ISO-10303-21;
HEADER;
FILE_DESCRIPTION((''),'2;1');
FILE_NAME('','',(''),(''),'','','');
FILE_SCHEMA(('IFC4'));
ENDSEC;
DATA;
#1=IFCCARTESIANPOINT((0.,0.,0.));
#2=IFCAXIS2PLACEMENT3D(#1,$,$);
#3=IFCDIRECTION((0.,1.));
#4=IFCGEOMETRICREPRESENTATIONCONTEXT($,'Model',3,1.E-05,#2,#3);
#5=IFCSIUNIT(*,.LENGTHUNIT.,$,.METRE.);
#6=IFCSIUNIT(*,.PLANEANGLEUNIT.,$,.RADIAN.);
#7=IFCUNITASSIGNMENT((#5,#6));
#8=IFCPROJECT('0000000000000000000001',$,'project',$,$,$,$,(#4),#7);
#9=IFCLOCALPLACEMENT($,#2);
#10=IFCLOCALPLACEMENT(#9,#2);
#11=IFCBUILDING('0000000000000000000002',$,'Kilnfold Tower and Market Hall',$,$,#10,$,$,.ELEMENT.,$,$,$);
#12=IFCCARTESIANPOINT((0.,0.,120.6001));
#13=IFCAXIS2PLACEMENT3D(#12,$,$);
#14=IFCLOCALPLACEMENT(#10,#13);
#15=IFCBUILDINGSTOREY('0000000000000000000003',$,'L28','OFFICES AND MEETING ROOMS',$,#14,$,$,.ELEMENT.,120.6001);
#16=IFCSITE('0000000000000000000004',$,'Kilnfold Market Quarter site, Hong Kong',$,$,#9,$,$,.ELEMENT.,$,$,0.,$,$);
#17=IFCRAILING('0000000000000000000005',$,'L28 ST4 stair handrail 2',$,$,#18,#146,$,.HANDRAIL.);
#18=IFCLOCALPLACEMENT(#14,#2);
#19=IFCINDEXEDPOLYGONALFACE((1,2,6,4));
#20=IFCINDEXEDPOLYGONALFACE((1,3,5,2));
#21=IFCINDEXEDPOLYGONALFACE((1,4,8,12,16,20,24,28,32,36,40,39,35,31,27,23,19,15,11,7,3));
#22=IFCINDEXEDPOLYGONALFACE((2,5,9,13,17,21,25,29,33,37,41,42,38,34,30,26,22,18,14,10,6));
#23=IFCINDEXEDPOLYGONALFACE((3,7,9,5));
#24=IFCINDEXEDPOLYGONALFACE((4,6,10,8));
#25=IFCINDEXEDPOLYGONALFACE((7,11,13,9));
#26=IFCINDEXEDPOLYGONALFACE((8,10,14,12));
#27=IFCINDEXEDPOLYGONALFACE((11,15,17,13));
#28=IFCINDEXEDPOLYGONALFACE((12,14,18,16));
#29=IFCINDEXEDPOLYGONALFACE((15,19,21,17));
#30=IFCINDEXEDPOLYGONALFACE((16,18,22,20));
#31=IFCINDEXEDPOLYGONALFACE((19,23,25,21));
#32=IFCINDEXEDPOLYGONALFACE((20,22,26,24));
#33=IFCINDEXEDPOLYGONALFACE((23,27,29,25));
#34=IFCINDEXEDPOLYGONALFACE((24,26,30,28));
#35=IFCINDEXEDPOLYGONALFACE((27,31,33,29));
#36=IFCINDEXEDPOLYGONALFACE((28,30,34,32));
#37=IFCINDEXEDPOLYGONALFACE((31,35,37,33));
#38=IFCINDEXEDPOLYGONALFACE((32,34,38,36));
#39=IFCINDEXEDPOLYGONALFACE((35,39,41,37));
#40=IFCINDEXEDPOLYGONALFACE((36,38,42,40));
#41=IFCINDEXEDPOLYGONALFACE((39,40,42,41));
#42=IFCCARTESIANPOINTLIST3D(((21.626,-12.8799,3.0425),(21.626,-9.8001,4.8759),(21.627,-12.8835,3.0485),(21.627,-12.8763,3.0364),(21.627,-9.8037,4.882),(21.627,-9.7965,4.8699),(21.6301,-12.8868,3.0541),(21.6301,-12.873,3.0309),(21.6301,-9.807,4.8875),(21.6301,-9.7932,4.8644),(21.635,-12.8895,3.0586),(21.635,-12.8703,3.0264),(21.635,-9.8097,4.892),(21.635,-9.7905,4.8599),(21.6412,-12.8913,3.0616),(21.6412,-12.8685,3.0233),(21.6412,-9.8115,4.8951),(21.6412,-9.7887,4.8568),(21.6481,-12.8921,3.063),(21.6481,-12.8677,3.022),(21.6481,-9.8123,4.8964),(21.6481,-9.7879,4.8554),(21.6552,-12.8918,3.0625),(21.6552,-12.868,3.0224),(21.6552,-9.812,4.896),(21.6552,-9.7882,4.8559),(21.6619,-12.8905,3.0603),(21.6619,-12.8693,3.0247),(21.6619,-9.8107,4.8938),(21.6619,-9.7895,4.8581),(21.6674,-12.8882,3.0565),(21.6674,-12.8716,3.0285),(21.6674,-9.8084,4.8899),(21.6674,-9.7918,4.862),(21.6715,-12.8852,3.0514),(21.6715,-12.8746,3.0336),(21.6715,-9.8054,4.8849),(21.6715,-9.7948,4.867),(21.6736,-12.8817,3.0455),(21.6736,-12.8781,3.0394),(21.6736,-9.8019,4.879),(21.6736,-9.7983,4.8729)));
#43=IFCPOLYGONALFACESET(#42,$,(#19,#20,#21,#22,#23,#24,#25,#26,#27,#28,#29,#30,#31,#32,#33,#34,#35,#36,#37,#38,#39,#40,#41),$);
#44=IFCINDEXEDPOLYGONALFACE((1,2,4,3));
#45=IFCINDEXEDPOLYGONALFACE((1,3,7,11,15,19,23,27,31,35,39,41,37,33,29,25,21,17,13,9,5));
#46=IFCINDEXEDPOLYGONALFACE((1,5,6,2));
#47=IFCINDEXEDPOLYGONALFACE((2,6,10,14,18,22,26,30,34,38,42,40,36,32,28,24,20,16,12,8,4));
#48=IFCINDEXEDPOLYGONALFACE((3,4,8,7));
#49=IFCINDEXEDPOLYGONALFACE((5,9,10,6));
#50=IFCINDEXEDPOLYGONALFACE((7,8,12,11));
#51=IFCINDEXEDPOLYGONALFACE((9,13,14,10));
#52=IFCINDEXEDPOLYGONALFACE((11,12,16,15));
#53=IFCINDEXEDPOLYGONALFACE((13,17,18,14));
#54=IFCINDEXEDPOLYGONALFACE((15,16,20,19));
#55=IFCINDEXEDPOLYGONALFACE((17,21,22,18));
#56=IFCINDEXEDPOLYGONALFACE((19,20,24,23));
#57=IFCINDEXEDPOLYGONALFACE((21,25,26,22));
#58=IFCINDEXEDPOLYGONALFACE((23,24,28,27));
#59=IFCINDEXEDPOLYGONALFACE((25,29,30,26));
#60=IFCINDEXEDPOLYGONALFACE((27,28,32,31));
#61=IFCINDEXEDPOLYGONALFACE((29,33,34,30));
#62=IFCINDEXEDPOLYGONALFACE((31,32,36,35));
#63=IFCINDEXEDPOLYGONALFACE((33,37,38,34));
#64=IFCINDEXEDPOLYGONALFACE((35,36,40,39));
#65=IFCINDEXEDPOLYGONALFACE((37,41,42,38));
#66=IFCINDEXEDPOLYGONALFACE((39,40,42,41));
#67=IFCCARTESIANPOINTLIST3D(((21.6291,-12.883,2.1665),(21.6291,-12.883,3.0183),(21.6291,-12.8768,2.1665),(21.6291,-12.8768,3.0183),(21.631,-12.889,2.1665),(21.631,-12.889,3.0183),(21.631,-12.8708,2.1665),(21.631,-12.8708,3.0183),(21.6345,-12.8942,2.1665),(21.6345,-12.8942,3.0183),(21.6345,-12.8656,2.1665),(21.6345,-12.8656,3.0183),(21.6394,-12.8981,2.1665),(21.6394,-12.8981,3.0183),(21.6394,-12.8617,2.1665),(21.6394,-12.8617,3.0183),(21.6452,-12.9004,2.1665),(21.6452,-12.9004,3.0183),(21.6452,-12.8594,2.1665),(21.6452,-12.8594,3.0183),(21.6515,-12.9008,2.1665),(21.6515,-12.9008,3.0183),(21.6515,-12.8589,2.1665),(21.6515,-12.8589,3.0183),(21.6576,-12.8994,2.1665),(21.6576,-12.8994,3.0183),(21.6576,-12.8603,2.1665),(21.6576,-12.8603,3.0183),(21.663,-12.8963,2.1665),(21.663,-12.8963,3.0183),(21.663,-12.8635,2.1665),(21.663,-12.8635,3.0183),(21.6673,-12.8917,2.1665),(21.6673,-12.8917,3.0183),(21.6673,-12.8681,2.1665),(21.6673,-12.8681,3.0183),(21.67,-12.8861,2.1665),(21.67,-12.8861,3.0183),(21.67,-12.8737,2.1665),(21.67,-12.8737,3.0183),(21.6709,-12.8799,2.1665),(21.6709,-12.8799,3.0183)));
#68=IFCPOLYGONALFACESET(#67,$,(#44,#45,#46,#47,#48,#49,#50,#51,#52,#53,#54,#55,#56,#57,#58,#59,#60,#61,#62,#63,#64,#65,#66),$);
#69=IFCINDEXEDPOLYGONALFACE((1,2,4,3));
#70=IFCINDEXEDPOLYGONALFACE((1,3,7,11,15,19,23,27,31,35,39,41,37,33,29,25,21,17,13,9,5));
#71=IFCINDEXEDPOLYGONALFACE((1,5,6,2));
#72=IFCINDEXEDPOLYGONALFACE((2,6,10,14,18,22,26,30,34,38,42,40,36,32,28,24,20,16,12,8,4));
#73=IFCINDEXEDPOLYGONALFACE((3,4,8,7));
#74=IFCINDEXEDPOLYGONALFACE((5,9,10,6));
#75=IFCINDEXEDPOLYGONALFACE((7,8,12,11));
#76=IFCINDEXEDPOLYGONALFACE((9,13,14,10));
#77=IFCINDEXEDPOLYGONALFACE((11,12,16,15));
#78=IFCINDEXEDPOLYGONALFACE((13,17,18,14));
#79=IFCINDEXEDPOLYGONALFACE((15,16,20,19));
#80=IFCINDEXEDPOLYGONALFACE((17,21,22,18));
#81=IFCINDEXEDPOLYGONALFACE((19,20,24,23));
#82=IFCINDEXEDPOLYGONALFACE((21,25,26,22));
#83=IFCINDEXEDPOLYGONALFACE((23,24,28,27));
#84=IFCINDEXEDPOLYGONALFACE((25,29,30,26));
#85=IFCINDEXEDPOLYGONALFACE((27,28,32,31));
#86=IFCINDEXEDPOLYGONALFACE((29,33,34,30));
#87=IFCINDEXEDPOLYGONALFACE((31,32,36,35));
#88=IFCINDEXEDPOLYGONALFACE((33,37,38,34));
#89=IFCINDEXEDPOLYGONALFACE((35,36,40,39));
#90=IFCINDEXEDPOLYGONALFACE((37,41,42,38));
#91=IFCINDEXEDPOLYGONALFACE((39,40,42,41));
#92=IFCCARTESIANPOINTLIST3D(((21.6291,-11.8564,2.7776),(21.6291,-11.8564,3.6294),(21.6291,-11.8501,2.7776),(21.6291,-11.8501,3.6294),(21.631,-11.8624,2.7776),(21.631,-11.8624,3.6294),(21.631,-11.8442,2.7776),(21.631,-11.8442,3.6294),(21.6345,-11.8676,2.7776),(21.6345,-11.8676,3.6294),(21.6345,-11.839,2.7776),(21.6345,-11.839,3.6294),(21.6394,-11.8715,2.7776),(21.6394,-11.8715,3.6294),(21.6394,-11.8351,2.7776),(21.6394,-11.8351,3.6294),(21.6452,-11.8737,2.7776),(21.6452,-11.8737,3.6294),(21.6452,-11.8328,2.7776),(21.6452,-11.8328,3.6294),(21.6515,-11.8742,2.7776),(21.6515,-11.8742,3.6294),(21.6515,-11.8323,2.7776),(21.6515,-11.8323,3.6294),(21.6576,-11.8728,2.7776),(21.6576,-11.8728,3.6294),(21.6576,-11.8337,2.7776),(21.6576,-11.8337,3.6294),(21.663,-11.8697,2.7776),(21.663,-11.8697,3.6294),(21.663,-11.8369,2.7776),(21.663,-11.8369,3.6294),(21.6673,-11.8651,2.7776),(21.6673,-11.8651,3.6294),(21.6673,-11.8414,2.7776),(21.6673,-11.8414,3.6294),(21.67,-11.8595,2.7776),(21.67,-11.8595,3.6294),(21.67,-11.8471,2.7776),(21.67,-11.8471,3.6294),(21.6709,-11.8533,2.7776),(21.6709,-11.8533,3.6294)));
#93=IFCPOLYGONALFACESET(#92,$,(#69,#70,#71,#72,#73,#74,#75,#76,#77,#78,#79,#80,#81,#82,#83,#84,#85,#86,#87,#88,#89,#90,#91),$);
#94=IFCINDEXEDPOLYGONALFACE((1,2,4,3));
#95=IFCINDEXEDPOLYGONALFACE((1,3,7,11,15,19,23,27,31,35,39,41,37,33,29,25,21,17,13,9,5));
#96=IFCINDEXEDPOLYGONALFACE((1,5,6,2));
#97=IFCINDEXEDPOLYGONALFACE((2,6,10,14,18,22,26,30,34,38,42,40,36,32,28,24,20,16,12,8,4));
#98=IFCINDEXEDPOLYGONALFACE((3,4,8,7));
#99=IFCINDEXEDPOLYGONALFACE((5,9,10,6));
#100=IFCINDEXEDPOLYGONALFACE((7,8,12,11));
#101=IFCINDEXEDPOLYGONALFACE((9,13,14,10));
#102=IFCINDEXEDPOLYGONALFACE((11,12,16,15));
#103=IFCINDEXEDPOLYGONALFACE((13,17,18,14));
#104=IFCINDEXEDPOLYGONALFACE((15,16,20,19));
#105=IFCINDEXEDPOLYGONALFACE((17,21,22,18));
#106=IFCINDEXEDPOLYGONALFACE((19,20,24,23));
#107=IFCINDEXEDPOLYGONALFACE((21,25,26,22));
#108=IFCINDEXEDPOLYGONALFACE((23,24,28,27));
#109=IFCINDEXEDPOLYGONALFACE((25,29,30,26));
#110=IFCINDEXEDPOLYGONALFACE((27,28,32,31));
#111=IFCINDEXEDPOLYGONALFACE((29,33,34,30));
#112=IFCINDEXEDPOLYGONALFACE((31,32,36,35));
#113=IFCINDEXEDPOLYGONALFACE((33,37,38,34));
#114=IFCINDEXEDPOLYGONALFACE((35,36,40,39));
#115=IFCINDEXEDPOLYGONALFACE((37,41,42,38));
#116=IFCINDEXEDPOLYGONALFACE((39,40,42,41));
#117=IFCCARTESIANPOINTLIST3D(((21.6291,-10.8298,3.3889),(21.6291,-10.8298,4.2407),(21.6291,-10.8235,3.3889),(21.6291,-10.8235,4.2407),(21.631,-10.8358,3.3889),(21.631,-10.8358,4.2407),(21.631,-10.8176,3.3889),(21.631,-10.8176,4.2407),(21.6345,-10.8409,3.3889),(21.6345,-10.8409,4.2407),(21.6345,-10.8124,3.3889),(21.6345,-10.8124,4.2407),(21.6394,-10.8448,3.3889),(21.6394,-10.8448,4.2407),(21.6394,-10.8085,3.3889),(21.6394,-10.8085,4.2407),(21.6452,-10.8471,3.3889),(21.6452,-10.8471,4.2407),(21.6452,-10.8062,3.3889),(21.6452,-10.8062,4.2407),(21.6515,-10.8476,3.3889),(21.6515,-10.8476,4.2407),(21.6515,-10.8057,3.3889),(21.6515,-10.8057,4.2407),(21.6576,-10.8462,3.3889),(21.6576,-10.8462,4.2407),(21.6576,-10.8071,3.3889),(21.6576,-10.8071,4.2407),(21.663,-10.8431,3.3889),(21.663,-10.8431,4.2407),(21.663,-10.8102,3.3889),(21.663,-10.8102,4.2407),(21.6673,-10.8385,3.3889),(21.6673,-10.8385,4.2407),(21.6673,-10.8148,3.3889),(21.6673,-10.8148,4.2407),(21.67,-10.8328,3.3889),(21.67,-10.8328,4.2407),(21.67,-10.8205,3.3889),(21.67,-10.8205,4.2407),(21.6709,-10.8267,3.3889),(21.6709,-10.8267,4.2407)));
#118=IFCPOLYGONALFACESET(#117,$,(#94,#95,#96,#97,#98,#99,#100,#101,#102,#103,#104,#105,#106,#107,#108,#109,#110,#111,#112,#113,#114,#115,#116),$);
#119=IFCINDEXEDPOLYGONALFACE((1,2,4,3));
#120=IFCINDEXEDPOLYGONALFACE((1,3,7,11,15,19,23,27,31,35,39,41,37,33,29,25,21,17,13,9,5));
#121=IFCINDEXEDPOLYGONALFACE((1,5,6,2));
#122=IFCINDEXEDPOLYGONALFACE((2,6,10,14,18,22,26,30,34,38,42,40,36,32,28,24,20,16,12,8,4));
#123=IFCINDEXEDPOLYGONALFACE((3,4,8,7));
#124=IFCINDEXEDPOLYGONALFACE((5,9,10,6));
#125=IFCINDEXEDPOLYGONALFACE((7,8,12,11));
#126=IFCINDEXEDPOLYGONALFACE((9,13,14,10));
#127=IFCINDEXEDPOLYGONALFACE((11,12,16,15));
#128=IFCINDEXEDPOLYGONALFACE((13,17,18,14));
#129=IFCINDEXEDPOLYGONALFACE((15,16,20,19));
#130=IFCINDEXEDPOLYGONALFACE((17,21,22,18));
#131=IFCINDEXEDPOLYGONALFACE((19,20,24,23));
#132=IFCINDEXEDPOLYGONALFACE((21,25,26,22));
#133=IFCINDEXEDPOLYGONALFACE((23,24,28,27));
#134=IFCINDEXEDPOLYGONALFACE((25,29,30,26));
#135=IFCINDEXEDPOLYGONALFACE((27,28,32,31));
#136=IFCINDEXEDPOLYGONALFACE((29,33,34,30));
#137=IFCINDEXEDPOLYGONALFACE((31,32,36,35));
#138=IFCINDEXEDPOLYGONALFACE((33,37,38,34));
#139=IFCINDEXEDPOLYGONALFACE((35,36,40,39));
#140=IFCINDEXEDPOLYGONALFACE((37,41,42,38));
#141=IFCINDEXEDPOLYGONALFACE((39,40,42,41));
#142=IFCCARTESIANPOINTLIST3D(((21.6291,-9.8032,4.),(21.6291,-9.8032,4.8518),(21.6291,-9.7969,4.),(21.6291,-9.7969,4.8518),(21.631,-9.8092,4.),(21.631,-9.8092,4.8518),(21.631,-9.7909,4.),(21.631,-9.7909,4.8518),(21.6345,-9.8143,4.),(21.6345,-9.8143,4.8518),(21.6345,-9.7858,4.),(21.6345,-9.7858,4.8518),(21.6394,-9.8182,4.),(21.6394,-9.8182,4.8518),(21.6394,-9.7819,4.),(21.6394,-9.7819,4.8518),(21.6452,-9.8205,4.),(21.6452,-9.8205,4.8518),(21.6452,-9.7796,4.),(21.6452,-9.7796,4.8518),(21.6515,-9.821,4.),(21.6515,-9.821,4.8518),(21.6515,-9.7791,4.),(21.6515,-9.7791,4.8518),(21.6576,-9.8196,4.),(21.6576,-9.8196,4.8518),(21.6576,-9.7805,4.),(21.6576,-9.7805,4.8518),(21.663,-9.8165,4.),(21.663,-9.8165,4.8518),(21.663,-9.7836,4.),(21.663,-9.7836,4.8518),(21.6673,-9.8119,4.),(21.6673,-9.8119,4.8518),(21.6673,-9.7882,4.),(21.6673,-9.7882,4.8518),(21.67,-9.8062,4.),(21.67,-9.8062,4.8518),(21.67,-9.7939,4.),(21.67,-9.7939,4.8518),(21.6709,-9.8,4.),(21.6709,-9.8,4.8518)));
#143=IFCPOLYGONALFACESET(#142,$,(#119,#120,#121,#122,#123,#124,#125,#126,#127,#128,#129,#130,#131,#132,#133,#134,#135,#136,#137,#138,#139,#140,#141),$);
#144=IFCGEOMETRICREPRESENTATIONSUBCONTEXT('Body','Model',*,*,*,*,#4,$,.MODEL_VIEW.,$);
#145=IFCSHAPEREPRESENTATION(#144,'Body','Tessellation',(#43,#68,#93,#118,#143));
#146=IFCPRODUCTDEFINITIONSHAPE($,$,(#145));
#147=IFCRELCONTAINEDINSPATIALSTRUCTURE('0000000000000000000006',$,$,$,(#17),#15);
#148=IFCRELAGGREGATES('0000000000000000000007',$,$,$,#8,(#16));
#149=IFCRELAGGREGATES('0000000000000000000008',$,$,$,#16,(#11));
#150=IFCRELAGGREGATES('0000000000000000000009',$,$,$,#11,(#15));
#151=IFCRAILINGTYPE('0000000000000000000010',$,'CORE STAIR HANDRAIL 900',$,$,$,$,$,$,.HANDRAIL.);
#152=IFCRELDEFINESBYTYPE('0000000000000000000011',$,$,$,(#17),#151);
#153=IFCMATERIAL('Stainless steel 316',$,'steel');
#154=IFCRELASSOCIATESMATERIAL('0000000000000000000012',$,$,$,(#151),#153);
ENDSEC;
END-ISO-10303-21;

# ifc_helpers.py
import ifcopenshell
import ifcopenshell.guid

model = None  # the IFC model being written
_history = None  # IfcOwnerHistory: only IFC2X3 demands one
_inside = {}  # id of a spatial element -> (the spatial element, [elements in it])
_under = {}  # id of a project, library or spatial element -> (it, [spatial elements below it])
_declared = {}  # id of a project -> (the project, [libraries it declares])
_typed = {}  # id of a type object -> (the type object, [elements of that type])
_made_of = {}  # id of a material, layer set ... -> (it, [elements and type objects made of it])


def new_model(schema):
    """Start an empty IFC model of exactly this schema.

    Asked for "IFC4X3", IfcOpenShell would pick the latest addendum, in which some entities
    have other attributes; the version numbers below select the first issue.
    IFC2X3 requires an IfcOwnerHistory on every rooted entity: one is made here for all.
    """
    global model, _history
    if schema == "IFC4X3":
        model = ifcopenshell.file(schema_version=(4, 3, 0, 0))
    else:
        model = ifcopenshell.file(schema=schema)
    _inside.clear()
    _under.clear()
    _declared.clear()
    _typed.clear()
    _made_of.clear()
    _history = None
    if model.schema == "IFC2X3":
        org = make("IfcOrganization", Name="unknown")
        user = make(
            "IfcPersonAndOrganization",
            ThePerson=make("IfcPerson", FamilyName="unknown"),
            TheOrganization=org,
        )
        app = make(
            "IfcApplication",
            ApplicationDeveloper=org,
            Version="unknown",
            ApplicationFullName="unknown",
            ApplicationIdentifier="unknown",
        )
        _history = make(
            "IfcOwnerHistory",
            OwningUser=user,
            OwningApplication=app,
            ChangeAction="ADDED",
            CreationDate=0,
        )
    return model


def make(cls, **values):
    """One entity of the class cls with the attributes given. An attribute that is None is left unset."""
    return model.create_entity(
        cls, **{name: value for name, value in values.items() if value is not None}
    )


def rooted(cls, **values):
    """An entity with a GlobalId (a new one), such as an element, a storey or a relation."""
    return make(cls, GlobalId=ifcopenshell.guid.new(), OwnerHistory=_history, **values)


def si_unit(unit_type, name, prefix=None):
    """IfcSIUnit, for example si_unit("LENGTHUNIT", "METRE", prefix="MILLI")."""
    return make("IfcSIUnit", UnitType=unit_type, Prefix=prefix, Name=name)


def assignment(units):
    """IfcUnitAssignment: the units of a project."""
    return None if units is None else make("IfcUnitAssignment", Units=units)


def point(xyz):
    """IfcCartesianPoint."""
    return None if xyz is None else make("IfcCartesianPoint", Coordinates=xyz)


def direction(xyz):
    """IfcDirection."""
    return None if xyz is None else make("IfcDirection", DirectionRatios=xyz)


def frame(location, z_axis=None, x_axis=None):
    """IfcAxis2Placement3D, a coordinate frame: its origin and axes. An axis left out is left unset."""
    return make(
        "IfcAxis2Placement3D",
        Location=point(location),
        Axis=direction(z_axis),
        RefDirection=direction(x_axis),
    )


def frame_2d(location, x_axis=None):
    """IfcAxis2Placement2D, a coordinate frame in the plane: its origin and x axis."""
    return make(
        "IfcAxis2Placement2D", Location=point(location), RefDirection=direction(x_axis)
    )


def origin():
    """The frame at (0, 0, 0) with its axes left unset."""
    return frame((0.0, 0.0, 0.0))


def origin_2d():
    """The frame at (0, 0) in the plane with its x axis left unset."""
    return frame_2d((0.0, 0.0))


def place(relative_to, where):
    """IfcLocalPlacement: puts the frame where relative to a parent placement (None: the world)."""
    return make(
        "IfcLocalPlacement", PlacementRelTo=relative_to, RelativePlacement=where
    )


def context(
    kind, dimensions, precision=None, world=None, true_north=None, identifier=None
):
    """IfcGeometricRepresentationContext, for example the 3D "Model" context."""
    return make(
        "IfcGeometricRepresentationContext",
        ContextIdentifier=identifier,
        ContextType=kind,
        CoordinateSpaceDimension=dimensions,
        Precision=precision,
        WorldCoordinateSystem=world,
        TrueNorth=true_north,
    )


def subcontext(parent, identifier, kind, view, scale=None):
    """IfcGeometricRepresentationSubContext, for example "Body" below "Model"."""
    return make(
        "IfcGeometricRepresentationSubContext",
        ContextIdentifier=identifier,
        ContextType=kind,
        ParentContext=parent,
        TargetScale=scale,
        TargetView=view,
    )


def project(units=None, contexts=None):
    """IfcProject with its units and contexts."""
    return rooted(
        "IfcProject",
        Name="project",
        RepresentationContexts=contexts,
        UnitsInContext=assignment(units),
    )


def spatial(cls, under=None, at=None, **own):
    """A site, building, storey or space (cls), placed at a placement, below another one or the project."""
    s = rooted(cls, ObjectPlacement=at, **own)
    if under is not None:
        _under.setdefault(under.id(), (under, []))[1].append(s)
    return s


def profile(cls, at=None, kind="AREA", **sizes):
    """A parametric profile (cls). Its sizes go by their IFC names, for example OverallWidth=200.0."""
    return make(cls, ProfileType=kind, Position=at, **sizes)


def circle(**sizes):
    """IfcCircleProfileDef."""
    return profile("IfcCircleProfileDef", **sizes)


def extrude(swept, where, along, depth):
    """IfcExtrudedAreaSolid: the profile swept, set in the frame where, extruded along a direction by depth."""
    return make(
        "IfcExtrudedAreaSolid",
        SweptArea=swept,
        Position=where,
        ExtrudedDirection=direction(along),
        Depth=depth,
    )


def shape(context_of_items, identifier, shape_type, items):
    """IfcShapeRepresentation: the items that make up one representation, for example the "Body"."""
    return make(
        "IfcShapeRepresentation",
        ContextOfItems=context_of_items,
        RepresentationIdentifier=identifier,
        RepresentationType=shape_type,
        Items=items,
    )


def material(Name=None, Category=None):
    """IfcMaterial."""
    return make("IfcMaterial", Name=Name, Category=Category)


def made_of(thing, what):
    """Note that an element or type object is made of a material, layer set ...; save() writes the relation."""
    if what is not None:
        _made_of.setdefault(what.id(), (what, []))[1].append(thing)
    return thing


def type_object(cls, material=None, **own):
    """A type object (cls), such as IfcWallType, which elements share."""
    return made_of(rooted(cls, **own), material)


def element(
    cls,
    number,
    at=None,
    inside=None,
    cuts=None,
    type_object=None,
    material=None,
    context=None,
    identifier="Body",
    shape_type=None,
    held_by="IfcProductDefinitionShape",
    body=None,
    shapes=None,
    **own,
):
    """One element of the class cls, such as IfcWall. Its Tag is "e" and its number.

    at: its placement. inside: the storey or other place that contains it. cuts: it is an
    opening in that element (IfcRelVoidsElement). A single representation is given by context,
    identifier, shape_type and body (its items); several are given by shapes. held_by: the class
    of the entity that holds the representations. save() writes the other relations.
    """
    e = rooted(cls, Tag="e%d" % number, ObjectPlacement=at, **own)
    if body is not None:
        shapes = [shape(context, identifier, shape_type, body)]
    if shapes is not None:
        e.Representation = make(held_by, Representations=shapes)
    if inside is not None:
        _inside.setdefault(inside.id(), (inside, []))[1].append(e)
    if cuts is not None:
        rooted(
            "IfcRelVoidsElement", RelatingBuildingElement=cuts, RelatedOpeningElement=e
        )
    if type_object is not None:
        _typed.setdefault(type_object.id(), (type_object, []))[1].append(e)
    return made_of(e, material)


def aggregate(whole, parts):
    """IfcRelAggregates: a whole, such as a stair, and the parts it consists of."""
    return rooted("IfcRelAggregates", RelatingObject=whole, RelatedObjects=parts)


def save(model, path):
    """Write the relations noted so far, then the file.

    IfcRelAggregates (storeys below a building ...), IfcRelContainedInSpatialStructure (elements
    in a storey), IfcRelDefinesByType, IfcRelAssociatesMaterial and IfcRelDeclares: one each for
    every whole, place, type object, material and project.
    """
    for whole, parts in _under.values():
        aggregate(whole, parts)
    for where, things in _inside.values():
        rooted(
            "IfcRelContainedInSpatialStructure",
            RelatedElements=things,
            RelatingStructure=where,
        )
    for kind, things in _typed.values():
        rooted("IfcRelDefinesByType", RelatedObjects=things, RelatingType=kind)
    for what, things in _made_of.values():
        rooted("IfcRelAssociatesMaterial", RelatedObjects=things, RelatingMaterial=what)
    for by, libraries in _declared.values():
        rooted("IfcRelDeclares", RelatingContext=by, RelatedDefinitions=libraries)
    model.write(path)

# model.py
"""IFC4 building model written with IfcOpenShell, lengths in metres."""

from ifc_helpers import new_model, si_unit, direction, frame, origin, origin_2d, place, context, subcontext, project, spatial, circle, extrude, material, type_object, element, save


model = new_model("IFC4")

# Units and contexts
model_context = context("Model", 3, precision=1e-05, world=origin(), true_north=direction((0.0, 1.0)))
body_context = subcontext(model_context, "Body", "Model", "MODEL_VIEW")
ifc_project = project(units=[si_unit("LENGTHUNIT", "METRE"), si_unit("PLANEANGLEUNIT", "RADIAN")], contexts=[model_context])

# Site, building, storey
site_placement = place(None, origin())
site = spatial("IfcSite", under=ifc_project, at=site_placement, Name="Kilnfold Market Quarter site, Hong Kong", CompositionType="ELEMENT", RefElevation=0.0)
building_placement = place(site_placement, origin())
building = spatial("IfcBuilding", under=site, at=building_placement, Name="Kilnfold Tower and Market Hall", CompositionType="ELEMENT")
storey_placement = place(building_placement, frame((0.0, 0.0, 120.6001)))
storey = spatial("IfcBuildingStorey", under=building, at=storey_placement, Name="L28", Description="OFFICES AND MEETING ROOMS", CompositionType="ELEMENT", Elevation=120.6001)

# Railing
ifc_material_1 = material(Name="Stainless steel 316", Category="steel")
railing_type_1 = type_object("IfcRailingType", Name="CORE STAIR HANDRAIL 900", PredefinedType="HANDRAIL", material=ifc_material_1)
railing_1_placement = place(storey_placement, frame((21.6499, -12.8799, 2.1665)))
element("IfcRailing", 1, at=railing_1_placement, inside=storey, type_object=railing_type_1, Name="L28 ST4 stair handrail 2", PredefinedType="HANDRAIL", context=body_context, shape_type="SweptSolid", body=[
    extrude(circle(Radius=0.0239, at=origin_2d()), frame((0.0, 0.0, 0.876), z_axis=(0.0, 0.859261, 0.511538), x_axis=(-1.0, 0.0, 0.0)), (0.0, 0.0, 1.0), 3.5842),
    extrude(circle(Radius=0.021, at=origin_2d()), origin(), (0.0, 0.0, 1.0), 0.8518),
    extrude(circle(Radius=0.021, at=origin_2d()), frame((0.0, 1.0266, 0.6111)), (0.0, 0.0, 1.0), 0.8518),
    extrude(circle(Radius=0.021, at=origin_2d()), frame((0.0, 2.0532, 1.2224)), (0.0, 0.0, 1.0), 0.8518),
    extrude(circle(Radius=0.021, at=origin_2d()), frame((0.0, 3.0798, 1.8335)), (0.0, 0.0, 1.0), 0.8518),
])

save(model, "model.ifc")
